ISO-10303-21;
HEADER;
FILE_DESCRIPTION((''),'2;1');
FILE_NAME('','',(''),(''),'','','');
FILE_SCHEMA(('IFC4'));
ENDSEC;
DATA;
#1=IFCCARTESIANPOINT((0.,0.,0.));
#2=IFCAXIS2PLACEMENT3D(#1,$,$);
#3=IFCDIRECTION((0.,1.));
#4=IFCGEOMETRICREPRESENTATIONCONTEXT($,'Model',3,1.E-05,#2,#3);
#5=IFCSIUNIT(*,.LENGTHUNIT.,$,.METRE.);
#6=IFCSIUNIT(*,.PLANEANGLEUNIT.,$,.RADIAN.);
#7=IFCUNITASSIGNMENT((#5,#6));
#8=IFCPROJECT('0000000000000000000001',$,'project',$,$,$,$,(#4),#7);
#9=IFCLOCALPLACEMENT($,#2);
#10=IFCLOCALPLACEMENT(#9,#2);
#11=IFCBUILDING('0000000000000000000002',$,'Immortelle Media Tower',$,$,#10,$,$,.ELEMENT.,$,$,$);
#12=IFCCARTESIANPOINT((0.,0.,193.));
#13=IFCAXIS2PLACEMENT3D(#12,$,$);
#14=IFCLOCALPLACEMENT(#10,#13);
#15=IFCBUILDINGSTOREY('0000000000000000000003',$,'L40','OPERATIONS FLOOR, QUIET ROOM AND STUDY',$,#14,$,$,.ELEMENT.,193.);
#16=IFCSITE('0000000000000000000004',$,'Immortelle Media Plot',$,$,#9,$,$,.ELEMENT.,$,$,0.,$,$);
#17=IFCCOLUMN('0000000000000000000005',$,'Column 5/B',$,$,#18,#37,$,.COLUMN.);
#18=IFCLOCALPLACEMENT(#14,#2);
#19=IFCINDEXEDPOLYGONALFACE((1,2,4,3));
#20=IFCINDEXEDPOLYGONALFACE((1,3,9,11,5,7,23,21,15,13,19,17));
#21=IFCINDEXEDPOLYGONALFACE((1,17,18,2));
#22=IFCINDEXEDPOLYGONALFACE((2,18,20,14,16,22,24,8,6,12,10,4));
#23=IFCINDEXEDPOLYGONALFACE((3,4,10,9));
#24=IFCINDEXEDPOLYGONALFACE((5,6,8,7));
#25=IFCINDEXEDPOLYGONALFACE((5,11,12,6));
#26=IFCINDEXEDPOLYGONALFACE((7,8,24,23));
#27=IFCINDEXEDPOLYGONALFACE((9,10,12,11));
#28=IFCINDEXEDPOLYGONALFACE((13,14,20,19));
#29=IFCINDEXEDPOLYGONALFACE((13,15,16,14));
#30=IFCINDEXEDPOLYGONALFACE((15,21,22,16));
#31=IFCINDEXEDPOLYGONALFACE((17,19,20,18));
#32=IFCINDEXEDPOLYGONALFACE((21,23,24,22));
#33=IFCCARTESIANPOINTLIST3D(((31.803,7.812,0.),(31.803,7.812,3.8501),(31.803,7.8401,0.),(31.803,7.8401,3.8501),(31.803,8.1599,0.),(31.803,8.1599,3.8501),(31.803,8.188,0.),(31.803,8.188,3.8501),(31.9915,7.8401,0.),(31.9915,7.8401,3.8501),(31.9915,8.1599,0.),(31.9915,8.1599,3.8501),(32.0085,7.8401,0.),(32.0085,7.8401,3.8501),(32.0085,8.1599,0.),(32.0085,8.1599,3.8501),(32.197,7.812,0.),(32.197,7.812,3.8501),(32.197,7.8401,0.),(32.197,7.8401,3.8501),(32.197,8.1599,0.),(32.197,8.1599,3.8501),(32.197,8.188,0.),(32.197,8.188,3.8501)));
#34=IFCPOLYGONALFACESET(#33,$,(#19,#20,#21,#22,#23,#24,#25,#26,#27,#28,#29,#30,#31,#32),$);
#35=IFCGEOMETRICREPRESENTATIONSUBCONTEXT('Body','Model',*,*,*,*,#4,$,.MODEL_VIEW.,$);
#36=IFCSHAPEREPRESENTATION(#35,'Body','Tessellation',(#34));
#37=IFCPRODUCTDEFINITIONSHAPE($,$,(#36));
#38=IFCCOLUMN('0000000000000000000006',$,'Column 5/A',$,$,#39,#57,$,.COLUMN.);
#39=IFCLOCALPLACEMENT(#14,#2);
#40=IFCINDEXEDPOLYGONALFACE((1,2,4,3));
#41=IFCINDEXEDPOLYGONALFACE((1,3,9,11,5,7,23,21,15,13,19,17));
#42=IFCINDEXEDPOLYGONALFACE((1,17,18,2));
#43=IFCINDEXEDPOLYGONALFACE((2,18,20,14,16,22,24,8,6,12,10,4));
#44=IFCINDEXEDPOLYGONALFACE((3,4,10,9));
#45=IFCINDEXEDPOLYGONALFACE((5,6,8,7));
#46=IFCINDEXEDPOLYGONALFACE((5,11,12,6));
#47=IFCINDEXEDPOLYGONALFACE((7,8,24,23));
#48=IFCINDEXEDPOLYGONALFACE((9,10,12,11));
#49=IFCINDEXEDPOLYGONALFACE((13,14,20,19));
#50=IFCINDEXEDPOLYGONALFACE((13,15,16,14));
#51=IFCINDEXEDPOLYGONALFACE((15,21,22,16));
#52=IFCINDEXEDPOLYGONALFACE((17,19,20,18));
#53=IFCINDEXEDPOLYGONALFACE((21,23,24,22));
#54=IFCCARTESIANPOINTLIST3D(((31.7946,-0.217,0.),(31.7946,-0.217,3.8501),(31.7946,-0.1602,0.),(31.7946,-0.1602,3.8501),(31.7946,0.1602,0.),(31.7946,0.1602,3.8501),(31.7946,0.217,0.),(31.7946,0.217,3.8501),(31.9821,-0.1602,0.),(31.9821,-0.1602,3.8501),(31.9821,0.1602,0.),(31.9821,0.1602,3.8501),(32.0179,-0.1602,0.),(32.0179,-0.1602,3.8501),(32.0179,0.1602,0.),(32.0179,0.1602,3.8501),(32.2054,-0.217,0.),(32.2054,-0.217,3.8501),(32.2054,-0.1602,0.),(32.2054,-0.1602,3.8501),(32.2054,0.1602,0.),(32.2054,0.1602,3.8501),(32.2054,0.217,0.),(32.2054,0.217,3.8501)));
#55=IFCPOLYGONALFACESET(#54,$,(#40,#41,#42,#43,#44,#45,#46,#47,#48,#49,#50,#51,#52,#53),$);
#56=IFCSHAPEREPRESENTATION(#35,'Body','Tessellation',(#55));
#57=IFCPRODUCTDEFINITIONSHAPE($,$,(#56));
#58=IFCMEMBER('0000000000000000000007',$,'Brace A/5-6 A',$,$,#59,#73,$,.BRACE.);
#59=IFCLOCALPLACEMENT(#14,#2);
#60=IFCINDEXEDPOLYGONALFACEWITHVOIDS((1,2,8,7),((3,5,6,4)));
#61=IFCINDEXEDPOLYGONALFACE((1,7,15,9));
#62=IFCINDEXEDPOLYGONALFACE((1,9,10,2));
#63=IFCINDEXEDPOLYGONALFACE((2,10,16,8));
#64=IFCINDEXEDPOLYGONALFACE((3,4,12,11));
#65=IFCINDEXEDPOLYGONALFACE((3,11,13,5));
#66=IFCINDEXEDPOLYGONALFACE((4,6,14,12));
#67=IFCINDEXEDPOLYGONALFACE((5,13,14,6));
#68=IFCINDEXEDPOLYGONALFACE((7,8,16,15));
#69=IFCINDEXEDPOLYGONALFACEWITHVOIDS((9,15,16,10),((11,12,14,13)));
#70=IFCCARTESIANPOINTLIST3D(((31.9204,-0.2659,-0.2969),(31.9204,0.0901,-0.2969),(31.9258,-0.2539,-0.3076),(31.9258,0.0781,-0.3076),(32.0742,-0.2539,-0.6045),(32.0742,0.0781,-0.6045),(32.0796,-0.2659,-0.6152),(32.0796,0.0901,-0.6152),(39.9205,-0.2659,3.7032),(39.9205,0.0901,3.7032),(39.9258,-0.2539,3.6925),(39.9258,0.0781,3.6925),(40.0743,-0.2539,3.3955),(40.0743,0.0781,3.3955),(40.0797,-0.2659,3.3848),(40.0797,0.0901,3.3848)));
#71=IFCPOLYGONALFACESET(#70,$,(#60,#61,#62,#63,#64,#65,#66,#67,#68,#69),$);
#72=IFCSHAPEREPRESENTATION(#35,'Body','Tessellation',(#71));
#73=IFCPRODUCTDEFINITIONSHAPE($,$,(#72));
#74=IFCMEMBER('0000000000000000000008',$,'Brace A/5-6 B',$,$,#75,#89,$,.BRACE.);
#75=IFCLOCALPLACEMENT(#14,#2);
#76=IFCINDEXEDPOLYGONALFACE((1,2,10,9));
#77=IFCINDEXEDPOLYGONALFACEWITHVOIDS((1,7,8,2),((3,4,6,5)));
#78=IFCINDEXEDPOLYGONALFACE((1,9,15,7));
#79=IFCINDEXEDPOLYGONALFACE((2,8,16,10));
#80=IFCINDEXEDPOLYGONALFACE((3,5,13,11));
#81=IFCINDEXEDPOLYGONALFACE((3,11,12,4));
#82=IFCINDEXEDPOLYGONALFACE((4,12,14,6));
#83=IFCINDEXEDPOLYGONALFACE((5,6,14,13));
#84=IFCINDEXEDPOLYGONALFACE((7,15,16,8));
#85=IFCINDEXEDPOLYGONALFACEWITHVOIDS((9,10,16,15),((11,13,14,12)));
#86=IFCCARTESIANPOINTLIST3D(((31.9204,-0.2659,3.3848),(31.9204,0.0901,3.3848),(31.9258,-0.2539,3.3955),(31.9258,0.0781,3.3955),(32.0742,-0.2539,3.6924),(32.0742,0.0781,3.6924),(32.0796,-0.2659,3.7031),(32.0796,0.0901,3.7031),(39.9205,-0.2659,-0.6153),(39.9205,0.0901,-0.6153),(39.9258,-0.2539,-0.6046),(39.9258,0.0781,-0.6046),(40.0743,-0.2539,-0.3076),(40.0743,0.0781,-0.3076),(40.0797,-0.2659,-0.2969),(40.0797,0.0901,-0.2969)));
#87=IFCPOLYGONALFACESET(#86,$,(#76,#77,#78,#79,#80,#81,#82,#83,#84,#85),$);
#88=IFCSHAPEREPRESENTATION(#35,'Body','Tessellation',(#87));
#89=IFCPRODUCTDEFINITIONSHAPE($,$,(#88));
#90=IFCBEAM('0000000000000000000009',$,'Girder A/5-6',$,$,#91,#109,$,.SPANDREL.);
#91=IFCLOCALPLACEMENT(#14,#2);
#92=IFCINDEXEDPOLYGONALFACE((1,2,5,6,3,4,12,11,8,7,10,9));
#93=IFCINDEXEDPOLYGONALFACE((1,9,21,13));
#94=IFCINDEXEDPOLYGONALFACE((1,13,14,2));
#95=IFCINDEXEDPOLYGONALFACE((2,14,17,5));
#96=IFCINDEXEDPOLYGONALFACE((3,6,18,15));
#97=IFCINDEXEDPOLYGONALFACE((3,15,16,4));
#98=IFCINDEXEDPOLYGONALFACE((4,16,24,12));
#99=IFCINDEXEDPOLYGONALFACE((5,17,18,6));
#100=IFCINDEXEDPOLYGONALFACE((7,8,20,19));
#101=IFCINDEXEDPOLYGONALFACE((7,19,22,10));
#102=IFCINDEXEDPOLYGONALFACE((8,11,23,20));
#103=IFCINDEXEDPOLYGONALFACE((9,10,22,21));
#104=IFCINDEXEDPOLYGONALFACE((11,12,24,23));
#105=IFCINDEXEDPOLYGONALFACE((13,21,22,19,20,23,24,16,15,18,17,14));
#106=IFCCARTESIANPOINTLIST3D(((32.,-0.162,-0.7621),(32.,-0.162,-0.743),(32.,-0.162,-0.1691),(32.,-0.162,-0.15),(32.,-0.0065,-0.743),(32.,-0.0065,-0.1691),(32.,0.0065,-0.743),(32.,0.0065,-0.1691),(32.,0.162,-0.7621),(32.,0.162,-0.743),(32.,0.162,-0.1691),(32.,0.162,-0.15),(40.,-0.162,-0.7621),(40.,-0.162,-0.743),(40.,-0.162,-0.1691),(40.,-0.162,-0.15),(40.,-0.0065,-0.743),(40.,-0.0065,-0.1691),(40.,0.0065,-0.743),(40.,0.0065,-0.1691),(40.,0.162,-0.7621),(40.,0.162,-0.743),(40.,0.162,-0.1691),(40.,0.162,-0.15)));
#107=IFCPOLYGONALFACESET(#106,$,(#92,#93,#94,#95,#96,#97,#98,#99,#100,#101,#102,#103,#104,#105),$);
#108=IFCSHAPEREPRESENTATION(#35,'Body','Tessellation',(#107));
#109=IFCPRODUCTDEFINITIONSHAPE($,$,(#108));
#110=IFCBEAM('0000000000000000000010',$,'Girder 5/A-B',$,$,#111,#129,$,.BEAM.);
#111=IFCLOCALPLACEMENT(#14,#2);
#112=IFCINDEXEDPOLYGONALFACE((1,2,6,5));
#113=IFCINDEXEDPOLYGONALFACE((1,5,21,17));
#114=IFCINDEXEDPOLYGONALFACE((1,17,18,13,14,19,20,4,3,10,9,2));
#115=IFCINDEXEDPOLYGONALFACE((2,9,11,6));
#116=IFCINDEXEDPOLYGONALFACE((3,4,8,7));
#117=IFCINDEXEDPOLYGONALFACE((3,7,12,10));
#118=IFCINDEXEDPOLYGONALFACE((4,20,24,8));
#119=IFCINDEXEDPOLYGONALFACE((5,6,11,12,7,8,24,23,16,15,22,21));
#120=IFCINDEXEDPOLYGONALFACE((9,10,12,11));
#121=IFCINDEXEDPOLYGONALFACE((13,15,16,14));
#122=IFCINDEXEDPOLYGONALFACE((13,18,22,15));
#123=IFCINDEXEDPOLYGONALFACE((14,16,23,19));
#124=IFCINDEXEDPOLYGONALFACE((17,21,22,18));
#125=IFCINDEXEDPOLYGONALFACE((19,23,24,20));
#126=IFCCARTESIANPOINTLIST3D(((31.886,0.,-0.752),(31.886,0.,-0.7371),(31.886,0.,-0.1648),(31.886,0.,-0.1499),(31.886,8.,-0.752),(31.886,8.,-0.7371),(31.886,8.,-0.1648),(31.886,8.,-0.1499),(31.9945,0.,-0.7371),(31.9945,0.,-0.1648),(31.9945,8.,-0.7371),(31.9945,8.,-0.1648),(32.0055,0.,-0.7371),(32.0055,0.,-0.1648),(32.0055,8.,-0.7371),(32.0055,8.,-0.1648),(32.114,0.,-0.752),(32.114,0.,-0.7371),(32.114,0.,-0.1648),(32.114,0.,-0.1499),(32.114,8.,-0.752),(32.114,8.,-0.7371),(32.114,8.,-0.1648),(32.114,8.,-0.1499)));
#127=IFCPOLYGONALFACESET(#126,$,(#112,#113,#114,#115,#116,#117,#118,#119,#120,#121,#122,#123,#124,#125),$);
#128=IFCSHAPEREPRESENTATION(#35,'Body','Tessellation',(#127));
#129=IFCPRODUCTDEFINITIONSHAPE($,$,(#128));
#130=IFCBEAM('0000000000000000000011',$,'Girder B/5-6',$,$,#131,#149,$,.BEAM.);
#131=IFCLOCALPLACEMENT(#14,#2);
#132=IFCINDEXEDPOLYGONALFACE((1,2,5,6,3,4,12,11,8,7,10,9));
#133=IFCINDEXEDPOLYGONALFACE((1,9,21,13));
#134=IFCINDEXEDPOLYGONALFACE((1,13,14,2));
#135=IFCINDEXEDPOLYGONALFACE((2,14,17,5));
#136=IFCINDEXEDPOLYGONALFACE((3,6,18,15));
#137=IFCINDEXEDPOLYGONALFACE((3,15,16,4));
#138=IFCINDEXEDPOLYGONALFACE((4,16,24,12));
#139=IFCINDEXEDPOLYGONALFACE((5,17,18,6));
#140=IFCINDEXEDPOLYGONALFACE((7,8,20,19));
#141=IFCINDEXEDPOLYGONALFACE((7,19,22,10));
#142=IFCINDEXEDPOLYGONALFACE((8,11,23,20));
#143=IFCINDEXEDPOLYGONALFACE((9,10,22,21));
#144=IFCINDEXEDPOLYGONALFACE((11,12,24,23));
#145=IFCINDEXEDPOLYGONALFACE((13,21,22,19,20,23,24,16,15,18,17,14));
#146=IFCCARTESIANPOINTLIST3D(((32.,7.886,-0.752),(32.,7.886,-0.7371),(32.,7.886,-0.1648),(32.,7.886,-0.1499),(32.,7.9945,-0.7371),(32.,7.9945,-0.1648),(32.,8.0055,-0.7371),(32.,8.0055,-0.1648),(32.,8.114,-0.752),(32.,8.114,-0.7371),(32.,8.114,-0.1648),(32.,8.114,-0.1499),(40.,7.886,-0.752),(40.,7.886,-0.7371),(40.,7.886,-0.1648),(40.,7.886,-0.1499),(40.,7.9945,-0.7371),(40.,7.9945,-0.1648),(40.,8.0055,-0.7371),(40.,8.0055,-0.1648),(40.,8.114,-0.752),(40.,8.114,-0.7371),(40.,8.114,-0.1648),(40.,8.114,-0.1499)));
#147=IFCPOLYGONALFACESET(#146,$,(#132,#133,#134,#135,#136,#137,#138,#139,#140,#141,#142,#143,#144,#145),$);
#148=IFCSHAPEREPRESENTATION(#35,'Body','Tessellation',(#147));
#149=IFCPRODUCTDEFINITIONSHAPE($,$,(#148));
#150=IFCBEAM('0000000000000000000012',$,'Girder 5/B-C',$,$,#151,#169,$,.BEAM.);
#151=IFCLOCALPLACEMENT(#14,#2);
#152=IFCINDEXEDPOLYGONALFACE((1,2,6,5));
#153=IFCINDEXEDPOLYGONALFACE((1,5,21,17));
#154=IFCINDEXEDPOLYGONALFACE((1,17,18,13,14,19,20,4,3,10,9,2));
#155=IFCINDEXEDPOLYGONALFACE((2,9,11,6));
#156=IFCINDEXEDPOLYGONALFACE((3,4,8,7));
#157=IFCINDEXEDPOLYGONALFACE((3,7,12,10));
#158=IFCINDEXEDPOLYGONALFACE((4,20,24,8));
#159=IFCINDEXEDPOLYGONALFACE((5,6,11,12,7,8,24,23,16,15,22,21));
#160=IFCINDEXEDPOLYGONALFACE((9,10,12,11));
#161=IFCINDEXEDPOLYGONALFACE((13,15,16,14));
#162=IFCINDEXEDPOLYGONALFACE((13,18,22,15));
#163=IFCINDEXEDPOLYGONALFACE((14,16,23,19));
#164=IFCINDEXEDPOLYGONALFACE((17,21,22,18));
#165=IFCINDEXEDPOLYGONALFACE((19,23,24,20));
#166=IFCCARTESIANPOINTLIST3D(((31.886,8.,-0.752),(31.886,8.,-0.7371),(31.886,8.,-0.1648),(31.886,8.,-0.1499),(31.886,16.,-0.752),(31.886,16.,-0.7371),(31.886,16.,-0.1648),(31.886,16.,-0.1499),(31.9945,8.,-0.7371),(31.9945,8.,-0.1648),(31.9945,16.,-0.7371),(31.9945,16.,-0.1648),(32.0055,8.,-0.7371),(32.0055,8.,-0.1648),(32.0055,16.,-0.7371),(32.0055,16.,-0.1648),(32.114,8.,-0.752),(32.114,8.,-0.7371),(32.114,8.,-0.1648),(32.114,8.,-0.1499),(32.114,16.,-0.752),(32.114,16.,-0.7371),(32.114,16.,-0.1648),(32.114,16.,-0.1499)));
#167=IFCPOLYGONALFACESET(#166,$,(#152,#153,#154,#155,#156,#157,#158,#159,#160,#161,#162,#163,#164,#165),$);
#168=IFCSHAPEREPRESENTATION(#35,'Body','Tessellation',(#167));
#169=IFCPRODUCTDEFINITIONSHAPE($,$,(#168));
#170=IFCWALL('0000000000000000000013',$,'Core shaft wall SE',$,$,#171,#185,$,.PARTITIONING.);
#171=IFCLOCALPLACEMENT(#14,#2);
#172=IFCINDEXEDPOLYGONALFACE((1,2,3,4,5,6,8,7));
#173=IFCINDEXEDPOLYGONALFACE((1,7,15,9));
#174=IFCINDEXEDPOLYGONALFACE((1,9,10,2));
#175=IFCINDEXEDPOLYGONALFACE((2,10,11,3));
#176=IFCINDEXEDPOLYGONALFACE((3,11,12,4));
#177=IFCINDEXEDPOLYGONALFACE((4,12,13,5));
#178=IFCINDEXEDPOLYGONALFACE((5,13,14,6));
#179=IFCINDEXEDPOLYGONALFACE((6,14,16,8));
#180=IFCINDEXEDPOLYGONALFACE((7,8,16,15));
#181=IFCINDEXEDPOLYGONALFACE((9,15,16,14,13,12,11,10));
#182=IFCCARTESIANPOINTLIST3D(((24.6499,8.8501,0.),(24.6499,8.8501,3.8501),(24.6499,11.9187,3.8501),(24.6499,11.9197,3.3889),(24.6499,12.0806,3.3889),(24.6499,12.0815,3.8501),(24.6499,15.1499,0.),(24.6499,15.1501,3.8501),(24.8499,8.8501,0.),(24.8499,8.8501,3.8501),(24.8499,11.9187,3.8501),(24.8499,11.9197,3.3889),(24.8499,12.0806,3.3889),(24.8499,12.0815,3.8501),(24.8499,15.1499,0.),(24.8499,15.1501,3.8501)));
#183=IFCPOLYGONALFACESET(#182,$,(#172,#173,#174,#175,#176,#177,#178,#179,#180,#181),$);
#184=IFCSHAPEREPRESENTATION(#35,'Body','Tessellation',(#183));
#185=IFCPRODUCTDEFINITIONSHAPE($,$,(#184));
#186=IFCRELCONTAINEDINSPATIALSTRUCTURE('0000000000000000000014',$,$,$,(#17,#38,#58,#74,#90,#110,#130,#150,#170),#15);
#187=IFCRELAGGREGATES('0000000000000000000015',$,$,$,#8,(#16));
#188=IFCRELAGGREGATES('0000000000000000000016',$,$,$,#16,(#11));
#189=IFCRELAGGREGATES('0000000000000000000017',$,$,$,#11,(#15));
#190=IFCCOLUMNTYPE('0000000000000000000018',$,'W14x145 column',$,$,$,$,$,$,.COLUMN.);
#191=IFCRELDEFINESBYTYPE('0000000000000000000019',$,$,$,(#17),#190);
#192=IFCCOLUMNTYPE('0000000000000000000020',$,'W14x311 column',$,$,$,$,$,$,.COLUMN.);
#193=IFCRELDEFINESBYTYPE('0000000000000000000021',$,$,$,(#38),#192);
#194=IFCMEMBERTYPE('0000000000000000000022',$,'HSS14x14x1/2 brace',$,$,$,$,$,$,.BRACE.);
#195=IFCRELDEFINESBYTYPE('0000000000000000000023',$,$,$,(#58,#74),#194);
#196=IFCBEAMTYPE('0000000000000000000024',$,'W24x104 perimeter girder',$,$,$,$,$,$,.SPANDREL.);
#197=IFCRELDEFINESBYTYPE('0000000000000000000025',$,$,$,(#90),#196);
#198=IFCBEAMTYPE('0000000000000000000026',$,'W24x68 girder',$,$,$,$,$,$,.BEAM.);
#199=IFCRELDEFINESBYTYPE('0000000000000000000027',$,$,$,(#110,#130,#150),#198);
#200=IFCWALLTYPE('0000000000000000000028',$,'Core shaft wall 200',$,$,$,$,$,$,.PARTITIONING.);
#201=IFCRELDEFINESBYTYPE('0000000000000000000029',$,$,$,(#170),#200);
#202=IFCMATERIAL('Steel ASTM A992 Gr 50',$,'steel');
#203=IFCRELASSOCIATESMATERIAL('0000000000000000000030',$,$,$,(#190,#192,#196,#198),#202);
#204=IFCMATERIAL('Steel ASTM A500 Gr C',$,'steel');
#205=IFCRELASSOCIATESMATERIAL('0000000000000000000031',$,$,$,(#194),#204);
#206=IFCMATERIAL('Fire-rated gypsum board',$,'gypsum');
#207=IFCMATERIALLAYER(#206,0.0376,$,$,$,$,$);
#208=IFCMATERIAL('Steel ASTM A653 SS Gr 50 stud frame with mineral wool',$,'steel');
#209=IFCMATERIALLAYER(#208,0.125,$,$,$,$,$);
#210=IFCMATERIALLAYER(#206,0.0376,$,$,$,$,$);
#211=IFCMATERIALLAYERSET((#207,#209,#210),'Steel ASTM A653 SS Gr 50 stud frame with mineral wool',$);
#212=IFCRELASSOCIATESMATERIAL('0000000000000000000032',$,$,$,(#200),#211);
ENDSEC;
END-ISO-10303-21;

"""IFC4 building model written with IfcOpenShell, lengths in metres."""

from ifc_helpers import new_model, si_unit, direction, frame, origin, origin_2d, place, context, subcontext, project, spatial, polyline, hollow_rectangle, i_section, outline, extrude, material, layer, layer_set, material_profile, profile_set, type_object, element, save


model = new_model("IFC4")

# Units and contexts
model_context = context("Model", 3, precision=1e-05, world=origin(), true_north=direction((0.0, 1.0)))
body_context = subcontext(model_context, "Body", "Model", "MODEL_VIEW")
ifc_project = project(units=[si_unit("LENGTHUNIT", "METRE"), si_unit("PLANEANGLEUNIT", "RADIAN")], contexts=[model_context])

# Site, building, storey
site_placement = place(None, origin())
site = spatial("IfcSite", under=ifc_project, at=site_placement, Name="Immortelle Media Plot", CompositionType="ELEMENT", RefElevation=0.0)
building_placement = place(site_placement, origin())
building = spatial("IfcBuilding", under=site, at=building_placement, Name="Immortelle Media Tower", CompositionType="ELEMENT")
storey_placement = place(building_placement, frame((0.0, 0.0, 193.0)))
storey = spatial("IfcBuildingStorey", under=building, at=storey_placement, Name="L40", Description="OPERATIONS FLOOR, QUIET ROOM AND STUDY", CompositionType="ELEMENT", Elevation=193.0)

# Columns
ifc_material_1 = material(Name="Steel ASTM A992 Gr 50", Category="steel")
ifc_material_profile_1 = material_profile(ifc_material_1, i_section(OverallWidth=0.394, OverallDepth=0.376, WebThickness=0.0171, FlangeThickness=0.0281, at=origin_2d()), Name="W14x145")
ifc_profile_set_1 = profile_set([ifc_material_profile_1], Name="Steel ASTM A992 Gr 50")
column_type_1 = type_object("IfcColumnType", Name="W14x145 column", PredefinedType="COLUMN", material=ifc_profile_set_1)
column_1_placement = place(storey_placement, frame((32.0, 8.0, 0.0), z_axis=(0.0, 0.0, 1.0), x_axis=(1.0, 0.0, 0.0)))
element("IfcColumn", 1, at=column_1_placement, inside=storey, type_object=column_type_1, Name="Column 5/B", PredefinedType="COLUMN", context=body_context, shape_type="SweptSolid", body=[
    extrude(i_section(OverallWidth=0.394, OverallDepth=0.376, WebThickness=0.0171, FlangeThickness=0.0281, at=origin_2d()), origin(), (0.0, 0.0, 1.0), 3.8501),
])
ifc_material_profile_2 = material_profile(ifc_material_1, i_section(OverallWidth=0.4109, OverallDepth=0.4341, WebThickness=0.0359, FlangeThickness=0.0569, at=origin_2d()), Name="W14x311")
ifc_profile_set_2 = profile_set([ifc_material_profile_2], Name="Steel ASTM A992 Gr 50")
column_type_2 = type_object("IfcColumnType", Name="W14x311 column", PredefinedType="COLUMN", material=ifc_profile_set_2)
column_2_placement = place(storey_placement, frame((32.0, 0.0, 0.0), z_axis=(0.0, 0.0, 1.0), x_axis=(1.0, 0.0, 0.0)))
element("IfcColumn", 2, at=column_2_placement, inside=storey, type_object=column_type_2, Name="Column 5/A", PredefinedType="COLUMN", context=body_context, shape_type="SweptSolid", body=[
    extrude(i_section(OverallWidth=0.4109, OverallDepth=0.4341, WebThickness=0.0359, FlangeThickness=0.0569, at=origin_2d()), origin(), (0.0, 0.0, 1.0), 3.8501),
])

# Members
ifc_material_2 = material(Name="Steel ASTM A500 Gr C", Category="steel")
ifc_material_profile_3 = material_profile(ifc_material_2, hollow_rectangle(XDim=0.356, YDim=0.356, WallThickness=0.012, at=origin_2d()), Name="HSS14x14x1/2 brace")
ifc_profile_set_3 = profile_set([ifc_material_profile_3], Name="Steel ASTM A500 Gr C")
member_type = type_object("IfcMemberType", Name="HSS14x14x1/2 brace", PredefinedType="BRACE", material=ifc_profile_set_3)
for number, where, z_axis, x_axis, name in (
    (3, (32.0, -0.0879, -0.4561), (0.894427, 0.0, 0.447214), (0.0, 1.0, 0.0), "Brace A/5-6 A"),
    (4, (32.0, -0.0879, 3.5439), (0.894427, 0.0, -0.447214), (0.0, 1.0, 0.0), "Brace A/5-6 B"),
):
    element("IfcMember", number, at=place(storey_placement, frame(where, z_axis=z_axis, x_axis=x_axis)), inside=storey, type_object=member_type, Name=name, PredefinedType="BRACE", context=body_context, shape_type="SweptSolid", body=[
        extrude(hollow_rectangle(XDim=0.356, YDim=0.356, WallThickness=0.012, at=origin_2d()), origin(), (0.0, 0.0, 1.0), 8.9443),
    ])

# Beams
ifc_material_profile_4 = material_profile(ifc_material_1, i_section(OverallWidth=0.324, OverallDepth=0.6121, WebThickness=0.0129, FlangeThickness=0.019, at=origin_2d()), Name="W24x104")
ifc_profile_set_4 = profile_set([ifc_material_profile_4], Name="Steel ASTM A992 Gr 50")
beam_type_1 = type_object("IfcBeamType", Name="W24x104 perimeter girder", PredefinedType="SPANDREL", material=ifc_profile_set_4)
beam_placement = place(storey_placement, frame((32.0, 0.0, -0.4561), z_axis=(1.0, 0.0, 0.0), x_axis=(0.0, 1.0, 0.0)))
element("IfcBeam", 5, at=beam_placement, inside=storey, type_object=beam_type_1, Name="Girder A/5-6", PredefinedType="SPANDREL", context=body_context, shape_type="SweptSolid", body=[
    extrude(i_section(OverallWidth=0.324, OverallDepth=0.6121, WebThickness=0.0129, FlangeThickness=0.019, at=origin_2d()), origin(), (0.0, 0.0, 1.0), 8.0),
])
ifc_material_profile_5 = material_profile(ifc_material_1, i_section(OverallWidth=0.228, OverallDepth=0.6021, WebThickness=0.011, FlangeThickness=0.0149, at=origin_2d()), Name="W24x68")
ifc_profile_set_5 = profile_set([ifc_material_profile_5], Name="Steel ASTM A992 Gr 50")
beam_type_2 = type_object("IfcBeamType", Name="W24x68 girder", PredefinedType="BEAM", material=ifc_profile_set_5)
for number, where, z_axis, x_axis, name in (
    (6, (32.0, 0.0, -0.4509), (0.0, 1.0, 0.0), (-1.0, 0.0, 0.0), "Girder 5/A-B"),
    (7, (32.0, 8.0, -0.4509), (1.0, 0.0, 0.0), (0.0, 1.0, 0.0), "Girder B/5-6"),
    (8, (32.0, 8.0, -0.4509), (0.0, 1.0, 0.0), (-1.0, 0.0, 0.0), "Girder 5/B-C"),
):
    element("IfcBeam", number, at=place(storey_placement, frame(where, z_axis=z_axis, x_axis=x_axis)), inside=storey, type_object=beam_type_2, Name=name, PredefinedType="BEAM", context=body_context, shape_type="SweptSolid", body=[
        extrude(i_section(OverallWidth=0.228, OverallDepth=0.6021, WebThickness=0.011, FlangeThickness=0.0149, at=origin_2d()), origin(), (0.0, 0.0, 1.0), 8.0),
    ])

# Wall
ifc_material_3 = material(Name="Fire-rated gypsum board", Category="gypsum")
ifc_layer_1 = layer(ifc_material_3, 0.0376)
ifc_material_4 = material(Name="Steel ASTM A653 SS Gr 50 stud frame with mineral wool", Category="steel")
ifc_layer_2 = layer(ifc_material_4, 0.125)
ifc_layer_3 = layer(ifc_material_3, 0.0376)
ifc_layer_set_1 = layer_set([ifc_layer_1, ifc_layer_2, ifc_layer_3], Name="Steel ASTM A653 SS Gr 50 stud frame with mineral wool")
wall_type_1 = type_object("IfcWallType", Name="Core shaft wall 200", PredefinedType="PARTITIONING", material=ifc_layer_set_1)
wall_1_placement = place(storey_placement, frame((24.75, 8.8501, 0.0), z_axis=(0.0, 0.0, 1.0), x_axis=(0.0, 1.0, 0.0)))
element("IfcWall", 9, at=wall_1_placement, inside=storey, type_object=wall_type_1, Name="Core shaft wall SE", PredefinedType="PARTITIONING", context=body_context, shape_type="SweptSolid", body=[
    extrude(outline(polyline([(0.0, 0.0), (6.2998, 0.0), (6.3, 3.8501), (3.2314, 3.8501), (3.2305, 3.3889), (3.0696, 3.3889), (3.0686, 3.8501), (0.0, 3.8501), (0.0, 0.0)])), frame((0.0, 0.1001, 0.0), z_axis=(0.0, -1.0, 0.0), x_axis=(1.0, 0.0, 0.0)), (0.0, 0.0, 1.0), 0.2),
])

save(model, "model.ifc")
